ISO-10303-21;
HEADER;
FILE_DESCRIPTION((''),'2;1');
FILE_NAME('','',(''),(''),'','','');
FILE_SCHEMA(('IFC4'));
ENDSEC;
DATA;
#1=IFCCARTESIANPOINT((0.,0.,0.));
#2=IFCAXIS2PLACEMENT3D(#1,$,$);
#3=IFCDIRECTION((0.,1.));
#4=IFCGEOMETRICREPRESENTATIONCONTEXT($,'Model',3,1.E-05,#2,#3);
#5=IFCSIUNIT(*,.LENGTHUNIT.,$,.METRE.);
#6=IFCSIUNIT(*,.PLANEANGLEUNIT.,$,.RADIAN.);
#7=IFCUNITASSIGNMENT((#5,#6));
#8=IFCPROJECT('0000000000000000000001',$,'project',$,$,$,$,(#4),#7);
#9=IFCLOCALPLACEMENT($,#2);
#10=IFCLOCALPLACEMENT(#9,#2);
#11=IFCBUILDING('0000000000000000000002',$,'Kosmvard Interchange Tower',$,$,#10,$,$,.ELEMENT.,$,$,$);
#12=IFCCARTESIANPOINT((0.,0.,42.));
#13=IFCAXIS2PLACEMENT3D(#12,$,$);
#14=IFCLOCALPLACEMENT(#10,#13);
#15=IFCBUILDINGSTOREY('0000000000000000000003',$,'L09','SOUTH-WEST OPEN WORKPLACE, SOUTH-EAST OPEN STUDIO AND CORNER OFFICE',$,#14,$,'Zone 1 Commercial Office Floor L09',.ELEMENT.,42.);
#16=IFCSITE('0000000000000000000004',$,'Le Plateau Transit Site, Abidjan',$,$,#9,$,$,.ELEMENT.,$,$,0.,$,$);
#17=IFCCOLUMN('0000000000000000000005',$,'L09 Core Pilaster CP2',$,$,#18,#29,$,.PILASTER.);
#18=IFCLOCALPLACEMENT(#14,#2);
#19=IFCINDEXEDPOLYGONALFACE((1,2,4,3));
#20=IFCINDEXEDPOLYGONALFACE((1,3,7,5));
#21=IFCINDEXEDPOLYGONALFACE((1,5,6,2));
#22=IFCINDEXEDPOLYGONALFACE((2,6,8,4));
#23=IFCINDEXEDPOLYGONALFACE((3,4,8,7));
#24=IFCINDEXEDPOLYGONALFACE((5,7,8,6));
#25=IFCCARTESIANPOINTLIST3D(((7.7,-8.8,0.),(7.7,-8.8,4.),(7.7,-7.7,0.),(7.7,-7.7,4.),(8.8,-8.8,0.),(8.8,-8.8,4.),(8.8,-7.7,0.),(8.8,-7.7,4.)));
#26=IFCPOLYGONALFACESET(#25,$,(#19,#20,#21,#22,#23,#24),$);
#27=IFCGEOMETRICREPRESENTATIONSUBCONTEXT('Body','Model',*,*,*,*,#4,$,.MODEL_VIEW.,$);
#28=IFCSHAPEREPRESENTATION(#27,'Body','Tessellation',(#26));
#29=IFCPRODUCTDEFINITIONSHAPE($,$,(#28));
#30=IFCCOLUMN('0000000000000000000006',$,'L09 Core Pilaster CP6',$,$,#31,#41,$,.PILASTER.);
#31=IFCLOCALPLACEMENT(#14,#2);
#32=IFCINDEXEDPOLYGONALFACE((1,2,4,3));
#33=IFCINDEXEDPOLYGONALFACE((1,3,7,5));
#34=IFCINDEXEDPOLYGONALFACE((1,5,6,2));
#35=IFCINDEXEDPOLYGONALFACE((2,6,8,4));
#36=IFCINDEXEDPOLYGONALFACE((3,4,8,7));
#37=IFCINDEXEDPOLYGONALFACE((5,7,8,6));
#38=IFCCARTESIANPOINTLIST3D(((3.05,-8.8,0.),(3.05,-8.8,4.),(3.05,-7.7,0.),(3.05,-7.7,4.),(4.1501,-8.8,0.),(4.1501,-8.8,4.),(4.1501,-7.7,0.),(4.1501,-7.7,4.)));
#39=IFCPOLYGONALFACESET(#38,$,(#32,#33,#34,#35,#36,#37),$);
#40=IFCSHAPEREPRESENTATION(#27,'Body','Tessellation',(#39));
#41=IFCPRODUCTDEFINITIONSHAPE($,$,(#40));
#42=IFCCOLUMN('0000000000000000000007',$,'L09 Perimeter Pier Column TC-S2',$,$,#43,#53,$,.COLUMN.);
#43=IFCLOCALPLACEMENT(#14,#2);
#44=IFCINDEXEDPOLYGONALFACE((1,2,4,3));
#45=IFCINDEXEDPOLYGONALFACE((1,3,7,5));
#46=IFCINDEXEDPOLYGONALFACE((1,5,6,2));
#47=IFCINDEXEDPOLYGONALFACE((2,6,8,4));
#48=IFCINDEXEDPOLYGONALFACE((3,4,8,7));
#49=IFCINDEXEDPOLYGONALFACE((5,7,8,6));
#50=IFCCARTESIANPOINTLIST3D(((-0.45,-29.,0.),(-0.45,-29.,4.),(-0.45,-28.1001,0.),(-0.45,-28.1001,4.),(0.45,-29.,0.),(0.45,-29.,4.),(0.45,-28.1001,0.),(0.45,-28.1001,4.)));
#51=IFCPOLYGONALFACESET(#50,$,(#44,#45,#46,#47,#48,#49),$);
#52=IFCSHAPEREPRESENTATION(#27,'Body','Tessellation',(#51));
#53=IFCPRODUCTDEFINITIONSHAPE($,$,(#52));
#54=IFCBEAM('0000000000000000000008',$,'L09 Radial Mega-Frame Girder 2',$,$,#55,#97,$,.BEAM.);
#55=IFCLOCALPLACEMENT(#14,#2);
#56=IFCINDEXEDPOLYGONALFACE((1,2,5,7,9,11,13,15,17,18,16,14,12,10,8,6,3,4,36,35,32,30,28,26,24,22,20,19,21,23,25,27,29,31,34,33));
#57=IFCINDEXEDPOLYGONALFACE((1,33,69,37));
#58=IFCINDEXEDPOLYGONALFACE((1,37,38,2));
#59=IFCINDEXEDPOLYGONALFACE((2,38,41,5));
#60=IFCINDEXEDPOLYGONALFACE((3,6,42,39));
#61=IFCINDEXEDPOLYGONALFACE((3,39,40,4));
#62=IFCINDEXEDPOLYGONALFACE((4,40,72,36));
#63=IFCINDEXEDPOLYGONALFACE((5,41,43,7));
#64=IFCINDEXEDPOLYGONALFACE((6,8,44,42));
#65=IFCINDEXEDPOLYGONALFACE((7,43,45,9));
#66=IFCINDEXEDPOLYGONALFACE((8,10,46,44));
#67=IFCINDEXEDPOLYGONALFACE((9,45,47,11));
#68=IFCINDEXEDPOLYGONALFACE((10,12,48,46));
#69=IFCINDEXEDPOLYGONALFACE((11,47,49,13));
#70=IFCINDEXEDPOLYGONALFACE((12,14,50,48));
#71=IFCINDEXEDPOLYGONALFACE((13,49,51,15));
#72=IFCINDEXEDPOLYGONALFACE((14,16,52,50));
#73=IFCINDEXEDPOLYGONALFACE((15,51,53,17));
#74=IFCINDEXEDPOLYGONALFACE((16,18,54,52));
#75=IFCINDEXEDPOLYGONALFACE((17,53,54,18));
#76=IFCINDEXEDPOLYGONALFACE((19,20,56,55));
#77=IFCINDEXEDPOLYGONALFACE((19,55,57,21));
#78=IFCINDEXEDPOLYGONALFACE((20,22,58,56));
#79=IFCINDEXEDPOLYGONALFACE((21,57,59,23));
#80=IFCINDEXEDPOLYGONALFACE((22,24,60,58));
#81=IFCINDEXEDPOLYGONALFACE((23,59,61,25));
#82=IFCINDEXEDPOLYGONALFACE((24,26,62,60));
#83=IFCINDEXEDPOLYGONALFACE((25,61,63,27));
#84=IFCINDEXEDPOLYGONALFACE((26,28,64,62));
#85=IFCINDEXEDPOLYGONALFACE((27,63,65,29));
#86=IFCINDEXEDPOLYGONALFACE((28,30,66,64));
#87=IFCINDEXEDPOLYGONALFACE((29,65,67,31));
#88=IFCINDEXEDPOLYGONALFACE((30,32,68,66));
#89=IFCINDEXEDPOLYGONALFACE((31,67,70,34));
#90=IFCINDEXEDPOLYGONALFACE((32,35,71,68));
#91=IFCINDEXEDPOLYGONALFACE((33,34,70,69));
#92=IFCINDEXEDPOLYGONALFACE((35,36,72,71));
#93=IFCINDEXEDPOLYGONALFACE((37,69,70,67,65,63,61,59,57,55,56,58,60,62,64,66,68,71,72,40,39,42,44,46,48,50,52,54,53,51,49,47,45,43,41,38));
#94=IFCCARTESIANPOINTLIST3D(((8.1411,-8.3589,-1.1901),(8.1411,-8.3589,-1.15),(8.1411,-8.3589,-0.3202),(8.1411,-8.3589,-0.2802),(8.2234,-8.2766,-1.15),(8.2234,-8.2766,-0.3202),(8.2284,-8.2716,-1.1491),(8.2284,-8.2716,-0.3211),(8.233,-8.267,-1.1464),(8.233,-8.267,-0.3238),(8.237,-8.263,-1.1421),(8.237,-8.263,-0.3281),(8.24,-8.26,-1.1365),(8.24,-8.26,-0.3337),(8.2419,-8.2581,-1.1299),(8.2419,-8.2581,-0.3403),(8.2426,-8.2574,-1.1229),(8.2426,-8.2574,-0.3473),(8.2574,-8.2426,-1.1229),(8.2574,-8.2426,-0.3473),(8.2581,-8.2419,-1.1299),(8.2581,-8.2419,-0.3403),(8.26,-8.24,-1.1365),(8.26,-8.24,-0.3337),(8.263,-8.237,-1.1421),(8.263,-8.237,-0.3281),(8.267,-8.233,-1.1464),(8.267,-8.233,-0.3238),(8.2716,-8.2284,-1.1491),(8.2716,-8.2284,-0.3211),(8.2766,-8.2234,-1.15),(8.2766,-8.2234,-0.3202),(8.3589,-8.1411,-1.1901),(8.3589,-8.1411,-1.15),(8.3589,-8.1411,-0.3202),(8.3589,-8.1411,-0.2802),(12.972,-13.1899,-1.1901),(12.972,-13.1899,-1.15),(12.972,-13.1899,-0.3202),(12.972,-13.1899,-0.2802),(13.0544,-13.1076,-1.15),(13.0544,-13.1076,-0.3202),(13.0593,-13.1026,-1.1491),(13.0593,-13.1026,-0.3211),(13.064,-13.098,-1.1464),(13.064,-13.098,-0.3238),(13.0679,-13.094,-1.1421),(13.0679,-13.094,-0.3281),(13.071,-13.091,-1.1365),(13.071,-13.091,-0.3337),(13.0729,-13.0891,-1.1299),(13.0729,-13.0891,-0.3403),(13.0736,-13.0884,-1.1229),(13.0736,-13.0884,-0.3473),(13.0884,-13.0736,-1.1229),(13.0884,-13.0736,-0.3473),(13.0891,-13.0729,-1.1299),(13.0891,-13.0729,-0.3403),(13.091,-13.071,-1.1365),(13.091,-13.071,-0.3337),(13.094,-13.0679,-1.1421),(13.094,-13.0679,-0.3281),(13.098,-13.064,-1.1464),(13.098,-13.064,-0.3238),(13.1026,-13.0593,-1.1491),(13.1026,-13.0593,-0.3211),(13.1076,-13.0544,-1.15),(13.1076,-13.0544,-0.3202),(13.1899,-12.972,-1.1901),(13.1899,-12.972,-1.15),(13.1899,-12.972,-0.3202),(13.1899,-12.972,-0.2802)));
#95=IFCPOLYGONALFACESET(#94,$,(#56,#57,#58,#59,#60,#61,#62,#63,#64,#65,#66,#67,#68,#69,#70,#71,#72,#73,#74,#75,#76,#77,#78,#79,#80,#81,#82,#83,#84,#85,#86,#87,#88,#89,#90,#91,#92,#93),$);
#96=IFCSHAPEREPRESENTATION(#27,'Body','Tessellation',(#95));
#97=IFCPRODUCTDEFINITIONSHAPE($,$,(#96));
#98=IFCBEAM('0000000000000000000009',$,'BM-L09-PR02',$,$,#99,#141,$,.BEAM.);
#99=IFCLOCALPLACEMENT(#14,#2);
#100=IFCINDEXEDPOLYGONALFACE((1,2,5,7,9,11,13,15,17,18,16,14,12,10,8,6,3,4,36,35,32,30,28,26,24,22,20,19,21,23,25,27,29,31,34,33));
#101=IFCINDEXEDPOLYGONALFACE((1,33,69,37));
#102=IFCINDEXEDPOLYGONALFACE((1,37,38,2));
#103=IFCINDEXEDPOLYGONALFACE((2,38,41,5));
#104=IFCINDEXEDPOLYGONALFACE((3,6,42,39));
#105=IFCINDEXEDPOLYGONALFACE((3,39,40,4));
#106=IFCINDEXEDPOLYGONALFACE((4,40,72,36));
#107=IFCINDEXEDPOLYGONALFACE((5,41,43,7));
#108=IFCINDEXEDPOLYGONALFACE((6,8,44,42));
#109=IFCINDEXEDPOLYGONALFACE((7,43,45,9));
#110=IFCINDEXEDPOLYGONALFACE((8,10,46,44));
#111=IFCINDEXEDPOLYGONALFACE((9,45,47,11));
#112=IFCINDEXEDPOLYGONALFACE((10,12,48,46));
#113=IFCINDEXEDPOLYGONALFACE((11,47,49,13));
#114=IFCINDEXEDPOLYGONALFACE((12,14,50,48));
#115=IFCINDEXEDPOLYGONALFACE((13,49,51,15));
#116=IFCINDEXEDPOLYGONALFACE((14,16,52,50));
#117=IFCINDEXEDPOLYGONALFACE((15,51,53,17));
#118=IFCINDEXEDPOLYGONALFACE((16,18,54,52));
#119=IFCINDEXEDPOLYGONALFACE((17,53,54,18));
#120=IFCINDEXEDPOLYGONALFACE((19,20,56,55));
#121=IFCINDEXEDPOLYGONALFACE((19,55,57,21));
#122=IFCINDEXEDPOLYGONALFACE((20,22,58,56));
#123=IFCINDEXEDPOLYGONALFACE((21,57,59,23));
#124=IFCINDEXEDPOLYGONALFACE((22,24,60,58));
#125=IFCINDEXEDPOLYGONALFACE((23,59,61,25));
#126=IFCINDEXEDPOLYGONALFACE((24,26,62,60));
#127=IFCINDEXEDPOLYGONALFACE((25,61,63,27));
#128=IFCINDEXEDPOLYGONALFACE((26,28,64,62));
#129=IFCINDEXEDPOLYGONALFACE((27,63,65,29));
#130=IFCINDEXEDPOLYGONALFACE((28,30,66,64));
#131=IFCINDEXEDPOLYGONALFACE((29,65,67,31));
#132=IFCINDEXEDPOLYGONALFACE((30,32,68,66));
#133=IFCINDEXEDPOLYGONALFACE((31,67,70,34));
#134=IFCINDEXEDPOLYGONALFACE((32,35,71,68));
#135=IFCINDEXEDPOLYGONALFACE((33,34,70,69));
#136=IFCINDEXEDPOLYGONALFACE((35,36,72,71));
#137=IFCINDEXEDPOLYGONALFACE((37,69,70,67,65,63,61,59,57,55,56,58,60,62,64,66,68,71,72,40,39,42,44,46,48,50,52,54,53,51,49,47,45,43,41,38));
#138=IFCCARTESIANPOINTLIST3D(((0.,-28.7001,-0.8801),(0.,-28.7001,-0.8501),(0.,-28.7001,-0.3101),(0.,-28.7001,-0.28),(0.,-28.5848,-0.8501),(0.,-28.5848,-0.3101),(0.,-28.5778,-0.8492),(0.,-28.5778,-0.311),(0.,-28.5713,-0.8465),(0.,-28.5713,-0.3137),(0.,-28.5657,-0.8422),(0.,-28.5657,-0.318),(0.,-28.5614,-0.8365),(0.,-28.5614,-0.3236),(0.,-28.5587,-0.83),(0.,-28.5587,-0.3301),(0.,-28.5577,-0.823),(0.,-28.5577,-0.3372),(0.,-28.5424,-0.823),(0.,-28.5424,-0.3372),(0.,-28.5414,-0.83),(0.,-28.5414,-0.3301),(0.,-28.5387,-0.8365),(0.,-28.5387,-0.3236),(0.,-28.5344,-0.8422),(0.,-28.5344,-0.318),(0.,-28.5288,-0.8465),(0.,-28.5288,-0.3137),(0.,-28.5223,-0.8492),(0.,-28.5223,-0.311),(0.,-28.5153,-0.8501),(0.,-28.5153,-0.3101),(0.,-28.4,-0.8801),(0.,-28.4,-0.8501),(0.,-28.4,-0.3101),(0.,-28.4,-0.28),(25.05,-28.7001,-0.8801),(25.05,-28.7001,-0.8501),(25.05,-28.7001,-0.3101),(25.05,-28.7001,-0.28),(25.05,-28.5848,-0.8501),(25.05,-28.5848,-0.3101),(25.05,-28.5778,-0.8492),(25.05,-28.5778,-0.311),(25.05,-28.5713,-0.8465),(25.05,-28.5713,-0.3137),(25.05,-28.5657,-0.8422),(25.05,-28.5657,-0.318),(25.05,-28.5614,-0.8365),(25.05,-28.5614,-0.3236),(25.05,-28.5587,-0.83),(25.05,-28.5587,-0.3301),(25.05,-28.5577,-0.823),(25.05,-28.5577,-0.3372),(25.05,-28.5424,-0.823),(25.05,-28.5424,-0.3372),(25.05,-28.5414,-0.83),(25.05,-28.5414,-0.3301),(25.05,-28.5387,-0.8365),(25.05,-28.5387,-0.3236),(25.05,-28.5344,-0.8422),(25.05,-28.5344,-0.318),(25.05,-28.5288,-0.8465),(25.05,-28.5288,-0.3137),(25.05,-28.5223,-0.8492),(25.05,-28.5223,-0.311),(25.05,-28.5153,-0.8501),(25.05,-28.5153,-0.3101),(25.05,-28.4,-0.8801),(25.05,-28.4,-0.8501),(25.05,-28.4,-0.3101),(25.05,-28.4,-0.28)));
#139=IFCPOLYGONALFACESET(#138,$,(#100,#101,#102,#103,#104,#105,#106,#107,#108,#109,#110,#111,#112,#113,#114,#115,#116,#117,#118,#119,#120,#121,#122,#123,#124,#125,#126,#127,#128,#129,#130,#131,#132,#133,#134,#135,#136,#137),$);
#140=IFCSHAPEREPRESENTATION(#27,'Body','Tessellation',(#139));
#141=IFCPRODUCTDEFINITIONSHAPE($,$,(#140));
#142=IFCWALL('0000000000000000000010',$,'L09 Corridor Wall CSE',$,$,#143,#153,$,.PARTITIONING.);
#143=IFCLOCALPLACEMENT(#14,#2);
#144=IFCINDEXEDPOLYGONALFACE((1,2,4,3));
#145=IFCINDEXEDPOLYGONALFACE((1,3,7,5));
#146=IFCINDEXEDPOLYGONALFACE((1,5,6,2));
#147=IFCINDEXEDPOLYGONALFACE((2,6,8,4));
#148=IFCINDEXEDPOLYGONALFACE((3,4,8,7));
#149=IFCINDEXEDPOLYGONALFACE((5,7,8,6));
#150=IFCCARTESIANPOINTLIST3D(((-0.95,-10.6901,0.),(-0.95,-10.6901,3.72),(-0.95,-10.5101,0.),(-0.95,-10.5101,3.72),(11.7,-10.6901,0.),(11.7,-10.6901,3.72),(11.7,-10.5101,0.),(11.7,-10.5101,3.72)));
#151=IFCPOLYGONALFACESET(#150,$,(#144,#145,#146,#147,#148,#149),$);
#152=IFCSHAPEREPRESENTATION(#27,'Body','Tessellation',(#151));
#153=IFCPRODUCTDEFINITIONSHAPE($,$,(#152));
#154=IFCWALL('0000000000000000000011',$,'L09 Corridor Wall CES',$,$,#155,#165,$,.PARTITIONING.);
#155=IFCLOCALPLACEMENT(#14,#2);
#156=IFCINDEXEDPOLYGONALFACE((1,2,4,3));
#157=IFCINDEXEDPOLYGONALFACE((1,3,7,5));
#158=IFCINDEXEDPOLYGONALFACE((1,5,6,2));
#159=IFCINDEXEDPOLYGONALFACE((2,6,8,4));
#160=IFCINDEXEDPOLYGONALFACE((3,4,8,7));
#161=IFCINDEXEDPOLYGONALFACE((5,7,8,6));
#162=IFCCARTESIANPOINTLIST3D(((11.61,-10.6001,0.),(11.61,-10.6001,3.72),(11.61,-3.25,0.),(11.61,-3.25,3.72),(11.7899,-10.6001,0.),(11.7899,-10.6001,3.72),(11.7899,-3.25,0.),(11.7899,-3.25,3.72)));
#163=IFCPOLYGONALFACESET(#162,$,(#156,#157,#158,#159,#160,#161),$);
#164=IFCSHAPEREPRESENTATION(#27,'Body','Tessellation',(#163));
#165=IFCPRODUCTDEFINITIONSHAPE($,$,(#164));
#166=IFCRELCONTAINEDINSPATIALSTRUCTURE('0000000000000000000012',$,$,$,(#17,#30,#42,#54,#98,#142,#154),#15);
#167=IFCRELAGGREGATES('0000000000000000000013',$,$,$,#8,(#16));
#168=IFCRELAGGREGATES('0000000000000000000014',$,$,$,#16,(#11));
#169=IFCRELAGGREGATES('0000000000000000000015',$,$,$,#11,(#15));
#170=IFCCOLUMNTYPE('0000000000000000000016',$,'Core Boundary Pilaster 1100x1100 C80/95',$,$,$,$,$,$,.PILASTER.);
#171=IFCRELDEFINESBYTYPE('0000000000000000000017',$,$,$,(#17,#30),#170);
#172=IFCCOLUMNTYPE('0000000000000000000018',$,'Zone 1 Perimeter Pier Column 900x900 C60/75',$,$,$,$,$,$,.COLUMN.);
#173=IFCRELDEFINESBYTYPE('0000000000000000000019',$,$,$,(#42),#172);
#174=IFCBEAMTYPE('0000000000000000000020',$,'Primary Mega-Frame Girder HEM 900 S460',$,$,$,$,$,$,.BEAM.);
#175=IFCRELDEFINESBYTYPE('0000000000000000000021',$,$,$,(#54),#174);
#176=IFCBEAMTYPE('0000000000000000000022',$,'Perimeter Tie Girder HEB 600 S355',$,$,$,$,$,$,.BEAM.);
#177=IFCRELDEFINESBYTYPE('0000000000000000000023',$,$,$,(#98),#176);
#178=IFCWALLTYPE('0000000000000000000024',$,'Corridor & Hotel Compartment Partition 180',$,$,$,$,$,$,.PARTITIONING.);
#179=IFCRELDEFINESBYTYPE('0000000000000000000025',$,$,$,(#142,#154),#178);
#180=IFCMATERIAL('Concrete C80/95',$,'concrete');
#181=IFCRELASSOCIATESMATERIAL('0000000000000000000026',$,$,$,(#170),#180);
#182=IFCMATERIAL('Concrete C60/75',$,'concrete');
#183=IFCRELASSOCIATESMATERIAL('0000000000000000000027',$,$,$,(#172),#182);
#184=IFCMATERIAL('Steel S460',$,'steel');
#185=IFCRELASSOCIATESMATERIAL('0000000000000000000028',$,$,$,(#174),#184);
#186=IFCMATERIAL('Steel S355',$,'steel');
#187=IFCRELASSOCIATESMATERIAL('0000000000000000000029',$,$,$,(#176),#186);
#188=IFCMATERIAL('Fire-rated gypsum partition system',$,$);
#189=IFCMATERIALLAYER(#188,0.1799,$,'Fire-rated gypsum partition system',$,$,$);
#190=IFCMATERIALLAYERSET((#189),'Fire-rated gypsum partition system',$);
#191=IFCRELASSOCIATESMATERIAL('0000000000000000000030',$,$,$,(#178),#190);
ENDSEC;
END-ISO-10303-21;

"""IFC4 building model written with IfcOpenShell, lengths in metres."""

from ifc_helpers import new_model, si_unit, direction, frame, frame_2d, origin, origin_2d, place, context, subcontext, project, spatial, rectangle, i_section, extrude, source, transform, mapped, material, layer, layer_set, material_profile, profile_set, type_object, element, save


model = new_model("IFC4")

# Units and contexts
model_context = context("Model", 3, precision=1e-05, world=origin(), true_north=direction((0.0, 1.0)))
body_context = subcontext(model_context, "Body", "Model", "MODEL_VIEW")
ifc_project = project(units=[si_unit("LENGTHUNIT", "METRE"), si_unit("PLANEANGLEUNIT", "RADIAN")], contexts=[model_context])

# Site, building, storey
site_placement = place(None, origin())
site = spatial("IfcSite", under=ifc_project, at=site_placement, Name="Le Plateau Transit Site, Abidjan", CompositionType="ELEMENT", RefElevation=0.0)
building_placement = place(site_placement, origin())
building = spatial("IfcBuilding", under=site, at=building_placement, Name="Kosmvard Interchange Tower", CompositionType="ELEMENT")
storey_placement = place(building_placement, frame((0.0, 0.0, 42.0)))
storey = spatial("IfcBuildingStorey", under=building, at=storey_placement, Name="L09", Description="SOUTH-WEST OPEN WORKPLACE, SOUTH-EAST OPEN STUDIO AND CORNER OFFICE", LongName="Zone 1 Commercial Office Floor L09", CompositionType="ELEMENT", Elevation=42.0)

# Columns
ifc_material_1 = material(Name="Concrete C80/95", Category="concrete")
ifc_material_profile_1 = material_profile(ifc_material_1, rectangle(XDim=1.1001, YDim=1.1001, at=origin_2d()), Name="CP 1100x1100")
ifc_profile_set_1 = profile_set([ifc_material_profile_1], Name="Concrete C80/95")
column_type_1 = type_object("IfcColumnType", Name="Core Boundary Pilaster 1100x1100 C80/95", PredefinedType="PILASTER", material=ifc_profile_set_1)
shared_shape_1 = source(origin(), body_context, "Body", "SweptSolid", [
    extrude(rectangle(XDim=1.1001, YDim=1.1001, at=origin_2d()), origin(), (0.0, 0.0, 1.0), 4.0),
])
for number, where, z_axis, x_axis, name in (
    (1, (8.25, -8.25, 0.0), (0.0, 0.0, 1.0), (1.0, 0.0, 0.0), "L09 Core Pilaster CP2"),
    (2, (3.6001, -8.25, 0.0), (0.0, 0.0, 1.0), (1.0, 0.0, 0.0), "L09 Core Pilaster CP6"),
):
    element("IfcColumn", number, at=place(storey_placement, frame(where, z_axis=z_axis, x_axis=x_axis)), inside=storey, type_object=column_type_1, Name=name, PredefinedType="PILASTER", context=body_context, shape_type="MappedRepresentation", body=[
        mapped(shared_shape_1, transform((0.0, 0.0, 0.0), scale=1.0)),
    ])
ifc_material_2 = material(Name="Concrete C60/75", Category="concrete")
ifc_material_profile_2 = material_profile(ifc_material_2, rectangle(XDim=0.8999, YDim=0.8999, at=origin_2d()), Name="TC 900x900")
ifc_profile_set_2 = profile_set([ifc_material_profile_2], Name="Concrete C60/75")
column_type_2 = type_object("IfcColumnType", Name="Zone 1 Perimeter Pier Column 900x900 C60/75", PredefinedType="COLUMN", material=ifc_profile_set_2)
shared_shape_2 = source(origin(), body_context, "Body", "SweptSolid", [
    extrude(rectangle(XDim=0.8999, YDim=0.8999, at=origin_2d()), origin(), (0.0, 0.0, 1.0), 4.0),
])
column_placement = place(storey_placement, frame((0.0, -28.55, 0.0), z_axis=(0.0, 0.0, 1.0), x_axis=(1.0, 0.0, 0.0)))
element("IfcColumn", 3, at=column_placement, inside=storey, type_object=column_type_2, Name="L09 Perimeter Pier Column TC-S2", PredefinedType="COLUMN", context=body_context, shape_type="MappedRepresentation", body=[
    mapped(shared_shape_2, transform((0.0, 0.0, 0.0), scale=1.0)),
])

# Beams
ifc_material_3 = material(Name="Steel S460", Category="steel")
ifc_material_profile_3 = material_profile(ifc_material_3, i_section(OverallWidth=0.3081, OverallDepth=0.9099, WebThickness=0.021, FlangeThickness=0.04, FilletRadius=0.0271, at=origin_2d()), Name="HEM 900")
ifc_profile_set_3 = profile_set([ifc_material_profile_3], Name="Steel S460")
beam_type_1 = type_object("IfcBeamType", Name="Primary Mega-Frame Girder HEM 900 S460", PredefinedType="BEAM", material=ifc_profile_set_3)
shared_shape_3 = source(origin(), body_context, "Body", "SweptSolid", [
    extrude(i_section(OverallWidth=0.3081, OverallDepth=0.9099, WebThickness=0.021, FlangeThickness=0.04, FilletRadius=0.0271, at=origin_2d()), origin(), (0.0, 0.0, 1.0), 6.832),
])
beam_1_placement = place(storey_placement, frame((8.25, -8.25, -0.7351), z_axis=(0.707107, -0.707107, 0.0), x_axis=(0.707107, 0.707107, 0.0)))
element("IfcBeam", 4, at=beam_1_placement, inside=storey, type_object=beam_type_1, Name="L09 Radial Mega-Frame Girder 2", PredefinedType="BEAM", context=body_context, shape_type="MappedRepresentation", body=[
    mapped(shared_shape_3, transform((0.0, 0.0, 0.0), scale=1.0)),
])
ifc_material_4 = material(Name="Steel S355", Category="steel")
ifc_material_profile_4 = material_profile(ifc_material_4, i_section(OverallWidth=0.3, OverallDepth=0.6001, WebThickness=0.0154, FlangeThickness=0.03, FilletRadius=0.0271, at=origin_2d()), Name="HEB 600")
ifc_profile_set_4 = profile_set([ifc_material_profile_4], Name="Steel S355")
beam_type_2 = type_object("IfcBeamType", Name="Perimeter Tie Girder HEB 600 S355", PredefinedType="BEAM", material=ifc_profile_set_4)
shared_shape_4 = source(origin(), body_context, "Body", "SweptSolid", [
    extrude(i_section(OverallWidth=0.3, OverallDepth=0.6001, WebThickness=0.0154, FlangeThickness=0.03, FilletRadius=0.0271, at=origin_2d()), origin(), (0.0, 0.0, 1.0), 25.05),
])
beam_2_placement = place(storey_placement, frame((0.0, -28.55, -0.5801), z_axis=(1.0, 0.0, 0.0), x_axis=(0.0, 1.0, 0.0)))
element("IfcBeam", 5, at=beam_2_placement, inside=storey, type_object=beam_type_2, Name="BM-L09-PR02", PredefinedType="BEAM", context=body_context, shape_type="MappedRepresentation", body=[
    mapped(shared_shape_4, transform((0.0, 0.0, 0.0), scale=1.0)),
])

# Walls
ifc_material_5 = material(Name="Fire-rated gypsum partition system")
ifc_layer_1 = layer(ifc_material_5, 0.1799, Name="Fire-rated gypsum partition system")
ifc_layer_set_1 = layer_set([ifc_layer_1], Name="Fire-rated gypsum partition system")
wall_type_1 = type_object("IfcWallType", Name="Corridor & Hotel Compartment Partition 180", PredefinedType="PARTITIONING", material=ifc_layer_set_1)
wall_1_placement = place(storey_placement, frame((-0.95, -10.6001, 0.0), z_axis=(0.0, 0.0, 1.0), x_axis=(1.0, 0.0, 0.0)))
element("IfcWall", 6, at=wall_1_placement, inside=storey, type_object=wall_type_1, Name="L09 Corridor Wall CSE", PredefinedType="PARTITIONING", context=body_context, shape_type="SweptSolid", body=[
    extrude(rectangle(XDim=12.6499, YDim=0.1799, at=frame_2d((6.325, 0.0))), origin(), (0.0, 0.0, 1.0), 3.72),
])
wall_2_placement = place(storey_placement, frame((11.7, -10.6001, 0.0), z_axis=(0.0, 0.0, 1.0), x_axis=(0.0, 1.0, 0.0)))
element("IfcWall", 7, at=wall_2_placement, inside=storey, type_object=wall_type_1, Name="L09 Corridor Wall CES", PredefinedType="PARTITIONING", context=body_context, shape_type="SweptSolid", body=[
    extrude(rectangle(XDim=7.3501, YDim=0.1799, at=frame_2d((3.675, 0.0))), origin(), (0.0, 0.0, 1.0), 3.72),
])

save(model, "model.ifc")
